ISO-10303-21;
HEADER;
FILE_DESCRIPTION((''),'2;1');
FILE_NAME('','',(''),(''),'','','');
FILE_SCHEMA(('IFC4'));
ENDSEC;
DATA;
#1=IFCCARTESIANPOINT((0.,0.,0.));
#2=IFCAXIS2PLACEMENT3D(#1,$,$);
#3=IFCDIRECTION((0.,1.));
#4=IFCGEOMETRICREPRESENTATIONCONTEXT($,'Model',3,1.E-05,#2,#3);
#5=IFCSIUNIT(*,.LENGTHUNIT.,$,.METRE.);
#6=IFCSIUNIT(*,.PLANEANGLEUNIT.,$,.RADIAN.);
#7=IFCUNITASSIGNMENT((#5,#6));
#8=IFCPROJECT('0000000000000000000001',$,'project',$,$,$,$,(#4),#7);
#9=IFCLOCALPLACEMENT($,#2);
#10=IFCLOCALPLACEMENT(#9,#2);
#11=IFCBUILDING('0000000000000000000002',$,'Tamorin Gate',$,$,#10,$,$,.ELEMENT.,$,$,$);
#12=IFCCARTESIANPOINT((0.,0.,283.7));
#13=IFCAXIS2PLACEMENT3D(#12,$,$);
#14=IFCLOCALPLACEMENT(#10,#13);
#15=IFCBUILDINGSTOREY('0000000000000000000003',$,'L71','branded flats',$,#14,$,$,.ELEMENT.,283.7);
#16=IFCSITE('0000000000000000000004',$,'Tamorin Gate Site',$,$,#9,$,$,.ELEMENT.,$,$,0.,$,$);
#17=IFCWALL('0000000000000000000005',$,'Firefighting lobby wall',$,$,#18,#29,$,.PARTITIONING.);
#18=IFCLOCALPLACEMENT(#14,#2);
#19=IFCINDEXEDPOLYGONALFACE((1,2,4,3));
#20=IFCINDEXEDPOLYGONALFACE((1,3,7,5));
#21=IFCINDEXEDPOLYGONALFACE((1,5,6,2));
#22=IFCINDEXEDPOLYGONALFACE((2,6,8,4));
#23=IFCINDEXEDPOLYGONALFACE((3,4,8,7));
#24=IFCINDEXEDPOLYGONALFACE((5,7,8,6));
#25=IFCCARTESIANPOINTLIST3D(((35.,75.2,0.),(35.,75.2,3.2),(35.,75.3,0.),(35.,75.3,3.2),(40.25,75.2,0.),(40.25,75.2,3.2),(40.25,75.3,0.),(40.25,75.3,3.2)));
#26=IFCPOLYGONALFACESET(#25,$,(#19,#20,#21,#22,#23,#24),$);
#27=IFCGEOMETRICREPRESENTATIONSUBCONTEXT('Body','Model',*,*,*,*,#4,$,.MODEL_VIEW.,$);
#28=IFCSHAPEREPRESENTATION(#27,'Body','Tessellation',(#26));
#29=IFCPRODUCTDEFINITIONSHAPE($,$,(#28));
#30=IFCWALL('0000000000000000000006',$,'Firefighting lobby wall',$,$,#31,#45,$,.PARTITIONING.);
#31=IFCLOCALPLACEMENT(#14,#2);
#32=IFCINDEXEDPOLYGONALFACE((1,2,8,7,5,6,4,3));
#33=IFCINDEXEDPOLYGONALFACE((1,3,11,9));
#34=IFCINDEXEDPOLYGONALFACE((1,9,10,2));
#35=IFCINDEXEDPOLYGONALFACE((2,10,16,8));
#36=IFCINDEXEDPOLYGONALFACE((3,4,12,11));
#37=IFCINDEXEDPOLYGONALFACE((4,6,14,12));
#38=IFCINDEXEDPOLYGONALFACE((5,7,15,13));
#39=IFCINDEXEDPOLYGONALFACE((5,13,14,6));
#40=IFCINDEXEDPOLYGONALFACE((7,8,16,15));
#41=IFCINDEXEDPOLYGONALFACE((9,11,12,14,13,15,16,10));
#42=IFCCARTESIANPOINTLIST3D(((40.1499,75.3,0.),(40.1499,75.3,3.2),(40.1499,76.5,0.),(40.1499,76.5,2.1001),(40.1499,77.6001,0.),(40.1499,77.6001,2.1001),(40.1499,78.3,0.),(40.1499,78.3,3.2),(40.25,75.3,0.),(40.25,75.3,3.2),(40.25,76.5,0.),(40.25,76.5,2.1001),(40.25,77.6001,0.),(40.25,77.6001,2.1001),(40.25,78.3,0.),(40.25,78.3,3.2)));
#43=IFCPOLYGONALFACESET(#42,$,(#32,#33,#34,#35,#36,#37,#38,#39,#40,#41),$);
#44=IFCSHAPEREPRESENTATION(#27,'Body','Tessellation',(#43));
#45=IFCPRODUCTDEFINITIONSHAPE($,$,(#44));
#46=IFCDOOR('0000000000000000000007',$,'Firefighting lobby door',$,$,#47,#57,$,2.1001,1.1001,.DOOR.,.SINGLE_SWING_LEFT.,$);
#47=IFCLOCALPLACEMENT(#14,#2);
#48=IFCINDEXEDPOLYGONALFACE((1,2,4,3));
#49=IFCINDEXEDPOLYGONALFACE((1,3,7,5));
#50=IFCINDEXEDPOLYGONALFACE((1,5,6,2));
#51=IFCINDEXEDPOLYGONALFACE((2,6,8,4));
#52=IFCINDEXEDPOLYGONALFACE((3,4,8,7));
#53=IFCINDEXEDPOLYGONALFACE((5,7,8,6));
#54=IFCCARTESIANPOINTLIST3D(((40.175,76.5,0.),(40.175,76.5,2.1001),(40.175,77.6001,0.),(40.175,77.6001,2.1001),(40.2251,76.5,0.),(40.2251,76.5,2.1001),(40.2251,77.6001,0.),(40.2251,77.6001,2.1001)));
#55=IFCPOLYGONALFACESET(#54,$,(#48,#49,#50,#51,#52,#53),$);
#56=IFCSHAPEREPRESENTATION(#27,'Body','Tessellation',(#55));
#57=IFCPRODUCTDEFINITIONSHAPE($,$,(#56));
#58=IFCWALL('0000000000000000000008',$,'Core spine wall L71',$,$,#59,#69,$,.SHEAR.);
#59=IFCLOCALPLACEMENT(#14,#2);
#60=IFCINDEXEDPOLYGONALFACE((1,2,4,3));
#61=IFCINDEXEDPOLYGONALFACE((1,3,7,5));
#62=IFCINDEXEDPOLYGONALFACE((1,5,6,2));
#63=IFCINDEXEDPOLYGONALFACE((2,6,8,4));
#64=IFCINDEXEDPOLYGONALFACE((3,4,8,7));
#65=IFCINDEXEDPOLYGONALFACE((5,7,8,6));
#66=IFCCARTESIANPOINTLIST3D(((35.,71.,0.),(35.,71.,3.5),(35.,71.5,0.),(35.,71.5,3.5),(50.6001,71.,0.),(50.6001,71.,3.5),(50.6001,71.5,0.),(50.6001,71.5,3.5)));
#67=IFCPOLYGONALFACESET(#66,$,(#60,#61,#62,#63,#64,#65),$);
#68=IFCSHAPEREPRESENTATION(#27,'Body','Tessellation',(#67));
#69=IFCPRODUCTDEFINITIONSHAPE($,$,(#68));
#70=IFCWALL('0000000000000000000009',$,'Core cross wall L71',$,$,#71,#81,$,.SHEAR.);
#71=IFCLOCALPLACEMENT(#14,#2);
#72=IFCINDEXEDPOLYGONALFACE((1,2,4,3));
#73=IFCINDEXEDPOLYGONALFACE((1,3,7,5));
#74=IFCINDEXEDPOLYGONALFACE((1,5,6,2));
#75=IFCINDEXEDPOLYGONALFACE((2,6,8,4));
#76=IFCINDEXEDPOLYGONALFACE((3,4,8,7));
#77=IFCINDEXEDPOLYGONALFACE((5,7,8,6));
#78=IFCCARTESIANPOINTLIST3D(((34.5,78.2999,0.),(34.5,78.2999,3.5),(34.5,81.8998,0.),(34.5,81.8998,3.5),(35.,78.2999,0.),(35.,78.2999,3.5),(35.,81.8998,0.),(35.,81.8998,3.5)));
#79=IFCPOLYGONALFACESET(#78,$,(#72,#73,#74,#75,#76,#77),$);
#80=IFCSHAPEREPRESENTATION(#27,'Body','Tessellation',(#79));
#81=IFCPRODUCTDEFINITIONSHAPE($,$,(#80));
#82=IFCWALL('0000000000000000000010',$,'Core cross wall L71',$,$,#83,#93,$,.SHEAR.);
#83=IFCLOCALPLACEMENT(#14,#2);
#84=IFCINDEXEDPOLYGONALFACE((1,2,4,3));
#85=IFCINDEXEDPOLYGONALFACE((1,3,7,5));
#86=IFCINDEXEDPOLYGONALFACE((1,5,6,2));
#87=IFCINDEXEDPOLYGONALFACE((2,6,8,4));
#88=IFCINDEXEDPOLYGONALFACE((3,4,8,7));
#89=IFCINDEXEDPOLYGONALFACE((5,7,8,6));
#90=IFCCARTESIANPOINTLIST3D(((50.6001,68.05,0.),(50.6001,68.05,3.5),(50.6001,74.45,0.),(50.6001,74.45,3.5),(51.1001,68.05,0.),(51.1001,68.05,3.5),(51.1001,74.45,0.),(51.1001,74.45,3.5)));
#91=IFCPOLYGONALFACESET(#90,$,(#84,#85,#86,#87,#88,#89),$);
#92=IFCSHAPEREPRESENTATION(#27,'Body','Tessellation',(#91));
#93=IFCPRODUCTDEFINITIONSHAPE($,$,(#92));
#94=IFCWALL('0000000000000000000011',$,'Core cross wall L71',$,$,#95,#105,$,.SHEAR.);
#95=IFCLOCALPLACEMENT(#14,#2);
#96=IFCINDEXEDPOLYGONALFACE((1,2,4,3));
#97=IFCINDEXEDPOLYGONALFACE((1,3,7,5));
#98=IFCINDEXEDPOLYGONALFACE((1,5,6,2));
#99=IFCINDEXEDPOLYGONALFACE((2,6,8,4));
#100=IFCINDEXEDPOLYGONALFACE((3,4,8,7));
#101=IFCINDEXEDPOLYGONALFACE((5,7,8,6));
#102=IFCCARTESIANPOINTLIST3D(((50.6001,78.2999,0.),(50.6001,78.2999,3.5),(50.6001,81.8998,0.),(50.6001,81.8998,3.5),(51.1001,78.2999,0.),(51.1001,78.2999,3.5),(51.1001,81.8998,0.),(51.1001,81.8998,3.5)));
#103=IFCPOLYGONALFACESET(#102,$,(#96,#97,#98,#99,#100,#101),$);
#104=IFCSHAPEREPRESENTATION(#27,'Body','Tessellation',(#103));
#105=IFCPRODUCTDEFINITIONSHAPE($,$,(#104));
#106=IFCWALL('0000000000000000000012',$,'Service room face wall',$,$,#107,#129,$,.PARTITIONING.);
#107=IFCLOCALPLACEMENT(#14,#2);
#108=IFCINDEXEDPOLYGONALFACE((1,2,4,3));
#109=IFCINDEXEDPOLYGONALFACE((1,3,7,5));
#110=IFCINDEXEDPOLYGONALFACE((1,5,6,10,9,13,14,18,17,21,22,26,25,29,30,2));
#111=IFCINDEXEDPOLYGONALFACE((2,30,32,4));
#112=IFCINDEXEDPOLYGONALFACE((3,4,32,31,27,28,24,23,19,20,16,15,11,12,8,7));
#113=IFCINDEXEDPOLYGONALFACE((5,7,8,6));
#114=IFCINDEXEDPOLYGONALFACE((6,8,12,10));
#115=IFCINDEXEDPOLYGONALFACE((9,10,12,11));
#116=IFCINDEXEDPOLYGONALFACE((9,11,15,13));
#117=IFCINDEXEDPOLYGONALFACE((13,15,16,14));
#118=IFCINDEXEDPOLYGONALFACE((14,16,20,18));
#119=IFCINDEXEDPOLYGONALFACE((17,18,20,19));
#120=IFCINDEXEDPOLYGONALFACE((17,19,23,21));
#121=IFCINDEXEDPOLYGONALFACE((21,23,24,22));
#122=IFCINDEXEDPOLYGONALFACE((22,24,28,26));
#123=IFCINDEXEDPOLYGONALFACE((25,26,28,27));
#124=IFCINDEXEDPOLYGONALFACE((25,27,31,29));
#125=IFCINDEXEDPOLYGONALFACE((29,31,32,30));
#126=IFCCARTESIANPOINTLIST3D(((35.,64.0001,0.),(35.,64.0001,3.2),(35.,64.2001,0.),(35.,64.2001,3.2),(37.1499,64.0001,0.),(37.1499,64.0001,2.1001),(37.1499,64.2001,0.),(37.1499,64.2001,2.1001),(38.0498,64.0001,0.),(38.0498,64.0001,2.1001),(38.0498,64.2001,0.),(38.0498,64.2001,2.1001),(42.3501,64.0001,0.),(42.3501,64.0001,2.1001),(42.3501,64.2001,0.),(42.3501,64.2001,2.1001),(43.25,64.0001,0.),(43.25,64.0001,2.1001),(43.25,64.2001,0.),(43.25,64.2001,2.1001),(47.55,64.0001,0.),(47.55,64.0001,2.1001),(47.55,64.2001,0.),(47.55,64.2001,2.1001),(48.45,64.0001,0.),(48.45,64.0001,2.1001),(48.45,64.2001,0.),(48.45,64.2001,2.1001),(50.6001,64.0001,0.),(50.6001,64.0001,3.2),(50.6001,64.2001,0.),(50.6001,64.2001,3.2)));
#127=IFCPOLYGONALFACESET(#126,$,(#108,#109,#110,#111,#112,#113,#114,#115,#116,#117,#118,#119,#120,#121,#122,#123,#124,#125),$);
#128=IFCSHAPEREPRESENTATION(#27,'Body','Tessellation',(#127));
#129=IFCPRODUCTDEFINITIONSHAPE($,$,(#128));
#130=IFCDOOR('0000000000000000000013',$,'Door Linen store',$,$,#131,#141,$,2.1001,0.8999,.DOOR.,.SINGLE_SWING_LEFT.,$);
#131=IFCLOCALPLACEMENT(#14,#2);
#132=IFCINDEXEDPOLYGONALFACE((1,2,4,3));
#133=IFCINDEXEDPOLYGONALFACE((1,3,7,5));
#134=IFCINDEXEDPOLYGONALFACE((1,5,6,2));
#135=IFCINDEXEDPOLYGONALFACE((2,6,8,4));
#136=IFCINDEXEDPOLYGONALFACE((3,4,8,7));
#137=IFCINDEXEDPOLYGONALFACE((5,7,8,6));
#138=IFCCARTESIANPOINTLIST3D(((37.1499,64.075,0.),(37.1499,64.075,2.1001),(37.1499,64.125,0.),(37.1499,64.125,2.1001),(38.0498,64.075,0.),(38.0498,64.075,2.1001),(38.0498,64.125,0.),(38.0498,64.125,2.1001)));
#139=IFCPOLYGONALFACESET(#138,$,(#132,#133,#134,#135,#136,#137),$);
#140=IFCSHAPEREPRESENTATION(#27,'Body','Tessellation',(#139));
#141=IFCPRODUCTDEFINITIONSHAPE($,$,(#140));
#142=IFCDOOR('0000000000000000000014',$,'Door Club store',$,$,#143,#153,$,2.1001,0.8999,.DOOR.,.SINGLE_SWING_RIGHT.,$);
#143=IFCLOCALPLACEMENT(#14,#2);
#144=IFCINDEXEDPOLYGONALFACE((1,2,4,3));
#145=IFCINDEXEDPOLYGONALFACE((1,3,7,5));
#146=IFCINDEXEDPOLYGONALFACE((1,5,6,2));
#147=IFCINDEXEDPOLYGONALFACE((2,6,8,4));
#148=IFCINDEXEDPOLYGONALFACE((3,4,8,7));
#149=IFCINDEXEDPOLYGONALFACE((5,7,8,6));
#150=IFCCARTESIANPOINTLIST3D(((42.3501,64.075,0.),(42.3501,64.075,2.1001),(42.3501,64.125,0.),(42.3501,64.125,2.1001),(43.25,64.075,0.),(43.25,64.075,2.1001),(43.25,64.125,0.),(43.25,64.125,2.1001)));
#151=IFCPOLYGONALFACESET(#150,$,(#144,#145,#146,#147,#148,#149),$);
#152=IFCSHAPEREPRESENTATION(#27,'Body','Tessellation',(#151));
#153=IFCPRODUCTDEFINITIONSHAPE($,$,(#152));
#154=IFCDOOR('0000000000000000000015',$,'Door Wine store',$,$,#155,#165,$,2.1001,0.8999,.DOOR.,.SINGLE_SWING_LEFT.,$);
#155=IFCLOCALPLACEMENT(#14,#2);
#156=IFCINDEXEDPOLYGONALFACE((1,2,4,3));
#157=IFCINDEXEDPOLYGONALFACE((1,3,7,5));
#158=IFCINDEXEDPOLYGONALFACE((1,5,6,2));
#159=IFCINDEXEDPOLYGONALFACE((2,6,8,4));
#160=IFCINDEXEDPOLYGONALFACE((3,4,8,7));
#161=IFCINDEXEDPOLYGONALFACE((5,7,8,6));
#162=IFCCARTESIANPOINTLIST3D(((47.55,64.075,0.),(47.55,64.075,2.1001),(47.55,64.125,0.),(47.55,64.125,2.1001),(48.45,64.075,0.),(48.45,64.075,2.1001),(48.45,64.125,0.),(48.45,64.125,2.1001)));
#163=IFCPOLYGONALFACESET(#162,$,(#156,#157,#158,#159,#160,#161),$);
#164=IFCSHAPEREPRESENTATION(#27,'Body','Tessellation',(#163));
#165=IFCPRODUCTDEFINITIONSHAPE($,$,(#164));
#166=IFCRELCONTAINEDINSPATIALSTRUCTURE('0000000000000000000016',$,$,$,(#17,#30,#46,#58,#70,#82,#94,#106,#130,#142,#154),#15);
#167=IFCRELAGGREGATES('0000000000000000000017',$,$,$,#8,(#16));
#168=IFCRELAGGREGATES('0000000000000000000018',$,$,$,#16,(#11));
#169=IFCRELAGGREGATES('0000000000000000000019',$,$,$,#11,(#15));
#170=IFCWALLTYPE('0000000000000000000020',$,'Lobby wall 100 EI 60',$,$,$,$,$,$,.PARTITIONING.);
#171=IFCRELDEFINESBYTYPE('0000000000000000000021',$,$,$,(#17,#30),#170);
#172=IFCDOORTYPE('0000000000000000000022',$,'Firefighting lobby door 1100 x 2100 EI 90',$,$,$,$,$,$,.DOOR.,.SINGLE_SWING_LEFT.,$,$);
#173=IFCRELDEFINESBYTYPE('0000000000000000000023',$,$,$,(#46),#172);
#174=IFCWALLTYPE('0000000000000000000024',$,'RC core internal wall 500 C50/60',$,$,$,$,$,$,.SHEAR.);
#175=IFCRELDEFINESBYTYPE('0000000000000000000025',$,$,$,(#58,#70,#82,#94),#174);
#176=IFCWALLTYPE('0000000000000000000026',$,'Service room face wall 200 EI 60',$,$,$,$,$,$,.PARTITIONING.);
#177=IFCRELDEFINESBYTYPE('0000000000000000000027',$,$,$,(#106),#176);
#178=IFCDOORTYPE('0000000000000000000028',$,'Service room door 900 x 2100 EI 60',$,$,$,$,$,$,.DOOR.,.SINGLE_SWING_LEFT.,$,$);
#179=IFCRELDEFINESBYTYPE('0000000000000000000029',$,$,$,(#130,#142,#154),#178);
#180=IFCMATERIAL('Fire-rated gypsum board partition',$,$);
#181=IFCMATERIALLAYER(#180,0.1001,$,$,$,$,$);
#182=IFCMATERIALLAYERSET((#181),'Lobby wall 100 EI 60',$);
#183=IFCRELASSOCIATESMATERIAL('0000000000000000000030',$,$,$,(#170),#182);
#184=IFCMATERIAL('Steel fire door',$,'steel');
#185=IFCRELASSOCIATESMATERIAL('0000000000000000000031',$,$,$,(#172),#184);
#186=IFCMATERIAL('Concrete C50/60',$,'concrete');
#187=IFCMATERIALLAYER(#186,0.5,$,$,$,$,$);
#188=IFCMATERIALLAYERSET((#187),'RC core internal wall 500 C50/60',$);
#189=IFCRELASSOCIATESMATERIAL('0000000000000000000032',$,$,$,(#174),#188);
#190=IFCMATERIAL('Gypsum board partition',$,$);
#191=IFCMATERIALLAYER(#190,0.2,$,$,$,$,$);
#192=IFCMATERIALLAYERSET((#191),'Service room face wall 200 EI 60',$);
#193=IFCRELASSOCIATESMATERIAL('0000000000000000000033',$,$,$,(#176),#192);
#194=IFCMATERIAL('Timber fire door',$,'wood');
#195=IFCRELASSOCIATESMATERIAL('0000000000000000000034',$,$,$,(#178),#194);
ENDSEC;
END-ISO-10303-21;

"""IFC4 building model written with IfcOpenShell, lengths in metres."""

from ifc_helpers import new_model, si_unit, direction, frame, frame_2d, origin, place, context, subcontext, project, spatial, rectangle, extrude, material, layer, layer_set, type_object, element, fill, save


model = new_model("IFC4")

# Units and contexts
model_context = context("Model", 3, precision=1e-05, world=origin(), true_north=direction((0.0, 1.0)))
body_context = subcontext(model_context, "Body", "Model", "MODEL_VIEW")
ifc_project = project(units=[si_unit("LENGTHUNIT", "METRE"), si_unit("PLANEANGLEUNIT", "RADIAN")], contexts=[model_context])

# Site, building, storey
site_placement = place(None, origin())
site = spatial("IfcSite", under=ifc_project, at=site_placement, Name="Tamorin Gate Site", CompositionType="ELEMENT", RefElevation=0.0)
building_placement = place(site_placement, origin())
building = spatial("IfcBuilding", under=site, at=building_placement, Name="Tamorin Gate", CompositionType="ELEMENT")
storey_placement = place(building_placement, frame((0.0, 0.0, 283.7)))
storey = spatial("IfcBuildingStorey", under=building, at=storey_placement, Name="L71", Description="branded flats", CompositionType="ELEMENT", Elevation=283.7)

# Shared definitions
ifc_material_1 = material(Name="Concrete C50/60", Category="concrete")

# Wall
ifc_material_2 = material(Name="Fire-rated gypsum board partition")
ifc_layer_1 = layer(ifc_material_2, 0.1001)
ifc_layer_set_1 = layer_set([ifc_layer_1], Name="Lobby wall 100 EI 60")
wall_type_1 = type_object("IfcWallType", Name="Lobby wall 100 EI 60", PredefinedType="PARTITIONING", material=ifc_layer_set_1)
wall_1_placement = place(storey_placement, frame((35.0, 75.25, 0.0), z_axis=(0.0, 0.0, 1.0), x_axis=(1.0, 0.0, 0.0)))
element("IfcWall", 1, at=wall_1_placement, inside=storey, type_object=wall_type_1, Name="Firefighting lobby wall", PredefinedType="PARTITIONING", context=body_context, shape_type="SweptSolid", body=[
    extrude(rectangle(XDim=5.25, YDim=0.1001, at=frame_2d((2.625, 0.0))), origin(), (0.0, 0.0, 1.0), 3.2),
])

# Wall, opening, door
wall_2_placement = place(storey_placement, frame((40.2, 75.3, 0.0), z_axis=(0.0, 0.0, 1.0), x_axis=(0.0, 1.0, 0.0)))
wall_2 = element("IfcWall", 2, at=wall_2_placement, inside=storey, type_object=wall_type_1, Name="Firefighting lobby wall", PredefinedType="PARTITIONING", context=body_context, shape_type="SweptSolid", body=[
    extrude(rectangle(XDim=3.0, YDim=0.1001, at=frame_2d((1.5, 0.0))), origin(), (0.0, 0.0, 1.0), 3.2),
])
opening_1_placement = place(wall_2_placement, frame((1.2, 0.0, 0.0)))
opening_1 = element("IfcOpeningElement", 3, at=opening_1_placement, cuts=wall_2, PredefinedType="OPENING", context=body_context, shape_type="SweptSolid", body=[
    extrude(rectangle(XDim=1.1001, YDim=2.1001, at=frame_2d((0.55, 1.05))), frame((0.0, 0.0601, 0.0), z_axis=(0.0, -1.0, 0.0), x_axis=(1.0, 0.0, 0.0)), (0.0, 0.0, 1.0), 0.1201),
])
ifc_material_3 = material(Name="Steel fire door", Category="steel")
door_type_1 = type_object("IfcDoorType", Name="Firefighting lobby door 1100 x 2100 EI 90", OperationType="SINGLE_SWING_LEFT", PredefinedType="DOOR", material=ifc_material_3)
door_1_placement = place(opening_1_placement, origin())
door_1 = element("IfcDoor", 4, at=door_1_placement, inside=storey, type_object=door_type_1, Name="Firefighting lobby door", OperationType="SINGLE_SWING_LEFT", OverallHeight=2.1001, OverallWidth=1.1001, PredefinedType="DOOR", context=body_context, shape_type="SweptSolid", body=[
    extrude(rectangle(XDim=1.1001, YDim=2.1001, at=frame_2d((0.55, 1.05))), frame((0.0, 0.0249, 0.0), z_axis=(0.0, -1.0, 0.0), x_axis=(1.0, 0.0, 0.0)), (0.0, 0.0, 1.0), 0.05),
])
fill(opening_1, door_1)

# Walls
ifc_layer_2 = layer(ifc_material_1, 0.5)
ifc_layer_set_2 = layer_set([ifc_layer_2], Name="RC core internal wall 500 C50/60")
wall_type_2 = type_object("IfcWallType", Name="RC core internal wall 500 C50/60", PredefinedType="SHEAR", material=ifc_layer_set_2)
wall_3_placement = place(storey_placement, frame((35.0, 71.25, 0.0), z_axis=(0.0, 0.0, 1.0), x_axis=(1.0, 0.0, 0.0)))
element("IfcWall", 5, at=wall_3_placement, inside=storey, type_object=wall_type_2, Name="Core spine wall L71", PredefinedType="SHEAR", context=body_context, shape_type="SweptSolid", body=[
    extrude(rectangle(XDim=15.6001, YDim=0.5, at=frame_2d((7.8, 0.0))), origin(), (0.0, 0.0, 1.0), 3.5),
])
wall_4_placement = place(storey_placement, frame((34.75, 78.3, 0.0), z_axis=(0.0, 0.0, 1.0), x_axis=(0.0, 1.0, 0.0)))
element("IfcWall", 6, at=wall_4_placement, inside=storey, type_object=wall_type_2, Name="Core cross wall L71", PredefinedType="SHEAR", context=body_context, shape_type="SweptSolid", body=[
    extrude(rectangle(XDim=3.5999, YDim=0.5, at=frame_2d((1.7998, 0.0))), origin(), (0.0, 0.0, 1.0), 3.5),
])
wall_5_placement = place(storey_placement, frame((50.8501, 68.05, 0.0), z_axis=(0.0, 0.0, 1.0), x_axis=(0.0, 1.0, 0.0)))
element("IfcWall", 7, at=wall_5_placement, inside=storey, type_object=wall_type_2, Name="Core cross wall L71", PredefinedType="SHEAR", context=body_context, shape_type="SweptSolid", body=[
    extrude(rectangle(XDim=6.3999, YDim=0.5, at=frame_2d((3.2, 0.0))), origin(), (0.0, 0.0, 1.0), 3.5),
])
wall_6_placement = place(storey_placement, frame((50.8501, 78.3, 0.0), z_axis=(0.0, 0.0, 1.0), x_axis=(0.0, 1.0, 0.0)))
element("IfcWall", 8, at=wall_6_placement, inside=storey, type_object=wall_type_2, Name="Core cross wall L71", PredefinedType="SHEAR", context=body_context, shape_type="SweptSolid", body=[
    extrude(rectangle(XDim=3.5999, YDim=0.5, at=frame_2d((1.7998, 0.0))), origin(), (0.0, 0.0, 1.0), 3.5),
])

# Wall, openings, doors
ifc_material_4 = material(Name="Gypsum board partition")
ifc_layer_3 = layer(ifc_material_4, 0.2)
ifc_layer_set_3 = layer_set([ifc_layer_3], Name="Service room face wall 200 EI 60")
wall_type_3 = type_object("IfcWallType", Name="Service room face wall 200 EI 60", PredefinedType="PARTITIONING", material=ifc_layer_set_3)
wall_7_placement = place(storey_placement, frame((35.0, 64.1001, 0.0), z_axis=(0.0, 0.0, 1.0), x_axis=(1.0, 0.0, 0.0)))
wall_7 = element("IfcWall", 9, at=wall_7_placement, inside=storey, type_object=wall_type_3, Name="Service room face wall", PredefinedType="PARTITIONING", context=body_context, shape_type="SweptSolid", body=[
    extrude(rectangle(XDim=15.6001, YDim=0.2, at=frame_2d((7.8, 0.0))), origin(), (0.0, 0.0, 1.0), 3.2),
])
opening_2_placement = place(wall_7_placement, frame((2.1499, 0.0, 0.0)))
opening_2 = element("IfcOpeningElement", 10, at=opening_2_placement, cuts=wall_7, PredefinedType="OPENING", context=body_context, shape_type="SweptSolid", body=[
    extrude(rectangle(XDim=0.8999, YDim=2.1001, at=frame_2d((0.45, 1.05))), frame((0.0, 0.1099, 0.0), z_axis=(0.0, -1.0, 0.0), x_axis=(1.0, 0.0, 0.0)), (0.0, 0.0, 1.0), 0.22),
])
opening_3_placement = place(wall_7_placement, frame((7.3501, 0.0, 0.0)))
opening_3 = element("IfcOpeningElement", 11, at=opening_3_placement, cuts=wall_7, PredefinedType="OPENING", context=body_context, shape_type="SweptSolid", body=[
    extrude(rectangle(XDim=0.8999, YDim=2.1001, at=frame_2d((0.45, 1.05))), frame((0.0, 0.1099, 0.0), z_axis=(0.0, -1.0, 0.0), x_axis=(1.0, 0.0, 0.0)), (0.0, 0.0, 1.0), 0.22),
])
opening_4_placement = place(wall_7_placement, frame((12.55, 0.0, 0.0)))
opening_4 = element("IfcOpeningElement", 12, at=opening_4_placement, cuts=wall_7, PredefinedType="OPENING", context=body_context, shape_type="SweptSolid", body=[
    extrude(rectangle(XDim=0.8999, YDim=2.1001, at=frame_2d((0.45, 1.05))), frame((0.0, 0.1099, 0.0), z_axis=(0.0, -1.0, 0.0), x_axis=(1.0, 0.0, 0.0)), (0.0, 0.0, 1.0), 0.22),
])
ifc_material_5 = material(Name="Timber fire door", Category="wood")
door_type_2 = type_object("IfcDoorType", Name="Service room door 900 x 2100 EI 60", OperationType="SINGLE_SWING_LEFT", PredefinedType="DOOR", material=ifc_material_5)
door_2_placement = place(opening_2_placement, origin())
door_2 = element("IfcDoor", 13, at=door_2_placement, inside=storey, type_object=door_type_2, Name="Door Linen store", OperationType="SINGLE_SWING_LEFT", OverallHeight=2.1001, OverallWidth=0.8999, PredefinedType="DOOR", context=body_context, shape_type="SweptSolid", body=[
    extrude(rectangle(XDim=0.8999, YDim=2.1001, at=frame_2d((0.45, 1.05))), frame((0.0, 0.0249, 0.0), z_axis=(0.0, -1.0, 0.0), x_axis=(1.0, 0.0, 0.0)), (0.0, 0.0, 1.0), 0.05),
])
fill(opening_2, door_2)
door_3_placement = place(opening_3_placement, origin())
door_3 = element("IfcDoor", 14, at=door_3_placement, inside=storey, type_object=door_type_2, Name="Door Club store", OperationType="SINGLE_SWING_RIGHT", OverallHeight=2.1001, OverallWidth=0.8999, PredefinedType="DOOR", context=body_context, shape_type="SweptSolid", body=[
    extrude(rectangle(XDim=0.8999, YDim=2.1001, at=frame_2d((0.45, 1.05))), frame((0.0, 0.0249, 0.0), z_axis=(0.0, -1.0, 0.0), x_axis=(1.0, 0.0, 0.0)), (0.0, 0.0, 1.0), 0.05),
])
fill(opening_3, door_3)
door_4_placement = place(opening_4_placement, origin())
door_4 = element("IfcDoor", 15, at=door_4_placement, inside=storey, type_object=door_type_2, Name="Door Wine store", OperationType="SINGLE_SWING_LEFT", OverallHeight=2.1001, OverallWidth=0.8999, PredefinedType="DOOR", context=body_context, shape_type="SweptSolid", body=[
    extrude(rectangle(XDim=0.8999, YDim=2.1001, at=frame_2d((0.45, 1.05))), frame((0.0, 0.0249, 0.0), z_axis=(0.0, -1.0, 0.0), x_axis=(1.0, 0.0, 0.0)), (0.0, 0.0, 1.0), 0.05),
])
fill(opening_4, door_4)

save(model, "model.ifc")
